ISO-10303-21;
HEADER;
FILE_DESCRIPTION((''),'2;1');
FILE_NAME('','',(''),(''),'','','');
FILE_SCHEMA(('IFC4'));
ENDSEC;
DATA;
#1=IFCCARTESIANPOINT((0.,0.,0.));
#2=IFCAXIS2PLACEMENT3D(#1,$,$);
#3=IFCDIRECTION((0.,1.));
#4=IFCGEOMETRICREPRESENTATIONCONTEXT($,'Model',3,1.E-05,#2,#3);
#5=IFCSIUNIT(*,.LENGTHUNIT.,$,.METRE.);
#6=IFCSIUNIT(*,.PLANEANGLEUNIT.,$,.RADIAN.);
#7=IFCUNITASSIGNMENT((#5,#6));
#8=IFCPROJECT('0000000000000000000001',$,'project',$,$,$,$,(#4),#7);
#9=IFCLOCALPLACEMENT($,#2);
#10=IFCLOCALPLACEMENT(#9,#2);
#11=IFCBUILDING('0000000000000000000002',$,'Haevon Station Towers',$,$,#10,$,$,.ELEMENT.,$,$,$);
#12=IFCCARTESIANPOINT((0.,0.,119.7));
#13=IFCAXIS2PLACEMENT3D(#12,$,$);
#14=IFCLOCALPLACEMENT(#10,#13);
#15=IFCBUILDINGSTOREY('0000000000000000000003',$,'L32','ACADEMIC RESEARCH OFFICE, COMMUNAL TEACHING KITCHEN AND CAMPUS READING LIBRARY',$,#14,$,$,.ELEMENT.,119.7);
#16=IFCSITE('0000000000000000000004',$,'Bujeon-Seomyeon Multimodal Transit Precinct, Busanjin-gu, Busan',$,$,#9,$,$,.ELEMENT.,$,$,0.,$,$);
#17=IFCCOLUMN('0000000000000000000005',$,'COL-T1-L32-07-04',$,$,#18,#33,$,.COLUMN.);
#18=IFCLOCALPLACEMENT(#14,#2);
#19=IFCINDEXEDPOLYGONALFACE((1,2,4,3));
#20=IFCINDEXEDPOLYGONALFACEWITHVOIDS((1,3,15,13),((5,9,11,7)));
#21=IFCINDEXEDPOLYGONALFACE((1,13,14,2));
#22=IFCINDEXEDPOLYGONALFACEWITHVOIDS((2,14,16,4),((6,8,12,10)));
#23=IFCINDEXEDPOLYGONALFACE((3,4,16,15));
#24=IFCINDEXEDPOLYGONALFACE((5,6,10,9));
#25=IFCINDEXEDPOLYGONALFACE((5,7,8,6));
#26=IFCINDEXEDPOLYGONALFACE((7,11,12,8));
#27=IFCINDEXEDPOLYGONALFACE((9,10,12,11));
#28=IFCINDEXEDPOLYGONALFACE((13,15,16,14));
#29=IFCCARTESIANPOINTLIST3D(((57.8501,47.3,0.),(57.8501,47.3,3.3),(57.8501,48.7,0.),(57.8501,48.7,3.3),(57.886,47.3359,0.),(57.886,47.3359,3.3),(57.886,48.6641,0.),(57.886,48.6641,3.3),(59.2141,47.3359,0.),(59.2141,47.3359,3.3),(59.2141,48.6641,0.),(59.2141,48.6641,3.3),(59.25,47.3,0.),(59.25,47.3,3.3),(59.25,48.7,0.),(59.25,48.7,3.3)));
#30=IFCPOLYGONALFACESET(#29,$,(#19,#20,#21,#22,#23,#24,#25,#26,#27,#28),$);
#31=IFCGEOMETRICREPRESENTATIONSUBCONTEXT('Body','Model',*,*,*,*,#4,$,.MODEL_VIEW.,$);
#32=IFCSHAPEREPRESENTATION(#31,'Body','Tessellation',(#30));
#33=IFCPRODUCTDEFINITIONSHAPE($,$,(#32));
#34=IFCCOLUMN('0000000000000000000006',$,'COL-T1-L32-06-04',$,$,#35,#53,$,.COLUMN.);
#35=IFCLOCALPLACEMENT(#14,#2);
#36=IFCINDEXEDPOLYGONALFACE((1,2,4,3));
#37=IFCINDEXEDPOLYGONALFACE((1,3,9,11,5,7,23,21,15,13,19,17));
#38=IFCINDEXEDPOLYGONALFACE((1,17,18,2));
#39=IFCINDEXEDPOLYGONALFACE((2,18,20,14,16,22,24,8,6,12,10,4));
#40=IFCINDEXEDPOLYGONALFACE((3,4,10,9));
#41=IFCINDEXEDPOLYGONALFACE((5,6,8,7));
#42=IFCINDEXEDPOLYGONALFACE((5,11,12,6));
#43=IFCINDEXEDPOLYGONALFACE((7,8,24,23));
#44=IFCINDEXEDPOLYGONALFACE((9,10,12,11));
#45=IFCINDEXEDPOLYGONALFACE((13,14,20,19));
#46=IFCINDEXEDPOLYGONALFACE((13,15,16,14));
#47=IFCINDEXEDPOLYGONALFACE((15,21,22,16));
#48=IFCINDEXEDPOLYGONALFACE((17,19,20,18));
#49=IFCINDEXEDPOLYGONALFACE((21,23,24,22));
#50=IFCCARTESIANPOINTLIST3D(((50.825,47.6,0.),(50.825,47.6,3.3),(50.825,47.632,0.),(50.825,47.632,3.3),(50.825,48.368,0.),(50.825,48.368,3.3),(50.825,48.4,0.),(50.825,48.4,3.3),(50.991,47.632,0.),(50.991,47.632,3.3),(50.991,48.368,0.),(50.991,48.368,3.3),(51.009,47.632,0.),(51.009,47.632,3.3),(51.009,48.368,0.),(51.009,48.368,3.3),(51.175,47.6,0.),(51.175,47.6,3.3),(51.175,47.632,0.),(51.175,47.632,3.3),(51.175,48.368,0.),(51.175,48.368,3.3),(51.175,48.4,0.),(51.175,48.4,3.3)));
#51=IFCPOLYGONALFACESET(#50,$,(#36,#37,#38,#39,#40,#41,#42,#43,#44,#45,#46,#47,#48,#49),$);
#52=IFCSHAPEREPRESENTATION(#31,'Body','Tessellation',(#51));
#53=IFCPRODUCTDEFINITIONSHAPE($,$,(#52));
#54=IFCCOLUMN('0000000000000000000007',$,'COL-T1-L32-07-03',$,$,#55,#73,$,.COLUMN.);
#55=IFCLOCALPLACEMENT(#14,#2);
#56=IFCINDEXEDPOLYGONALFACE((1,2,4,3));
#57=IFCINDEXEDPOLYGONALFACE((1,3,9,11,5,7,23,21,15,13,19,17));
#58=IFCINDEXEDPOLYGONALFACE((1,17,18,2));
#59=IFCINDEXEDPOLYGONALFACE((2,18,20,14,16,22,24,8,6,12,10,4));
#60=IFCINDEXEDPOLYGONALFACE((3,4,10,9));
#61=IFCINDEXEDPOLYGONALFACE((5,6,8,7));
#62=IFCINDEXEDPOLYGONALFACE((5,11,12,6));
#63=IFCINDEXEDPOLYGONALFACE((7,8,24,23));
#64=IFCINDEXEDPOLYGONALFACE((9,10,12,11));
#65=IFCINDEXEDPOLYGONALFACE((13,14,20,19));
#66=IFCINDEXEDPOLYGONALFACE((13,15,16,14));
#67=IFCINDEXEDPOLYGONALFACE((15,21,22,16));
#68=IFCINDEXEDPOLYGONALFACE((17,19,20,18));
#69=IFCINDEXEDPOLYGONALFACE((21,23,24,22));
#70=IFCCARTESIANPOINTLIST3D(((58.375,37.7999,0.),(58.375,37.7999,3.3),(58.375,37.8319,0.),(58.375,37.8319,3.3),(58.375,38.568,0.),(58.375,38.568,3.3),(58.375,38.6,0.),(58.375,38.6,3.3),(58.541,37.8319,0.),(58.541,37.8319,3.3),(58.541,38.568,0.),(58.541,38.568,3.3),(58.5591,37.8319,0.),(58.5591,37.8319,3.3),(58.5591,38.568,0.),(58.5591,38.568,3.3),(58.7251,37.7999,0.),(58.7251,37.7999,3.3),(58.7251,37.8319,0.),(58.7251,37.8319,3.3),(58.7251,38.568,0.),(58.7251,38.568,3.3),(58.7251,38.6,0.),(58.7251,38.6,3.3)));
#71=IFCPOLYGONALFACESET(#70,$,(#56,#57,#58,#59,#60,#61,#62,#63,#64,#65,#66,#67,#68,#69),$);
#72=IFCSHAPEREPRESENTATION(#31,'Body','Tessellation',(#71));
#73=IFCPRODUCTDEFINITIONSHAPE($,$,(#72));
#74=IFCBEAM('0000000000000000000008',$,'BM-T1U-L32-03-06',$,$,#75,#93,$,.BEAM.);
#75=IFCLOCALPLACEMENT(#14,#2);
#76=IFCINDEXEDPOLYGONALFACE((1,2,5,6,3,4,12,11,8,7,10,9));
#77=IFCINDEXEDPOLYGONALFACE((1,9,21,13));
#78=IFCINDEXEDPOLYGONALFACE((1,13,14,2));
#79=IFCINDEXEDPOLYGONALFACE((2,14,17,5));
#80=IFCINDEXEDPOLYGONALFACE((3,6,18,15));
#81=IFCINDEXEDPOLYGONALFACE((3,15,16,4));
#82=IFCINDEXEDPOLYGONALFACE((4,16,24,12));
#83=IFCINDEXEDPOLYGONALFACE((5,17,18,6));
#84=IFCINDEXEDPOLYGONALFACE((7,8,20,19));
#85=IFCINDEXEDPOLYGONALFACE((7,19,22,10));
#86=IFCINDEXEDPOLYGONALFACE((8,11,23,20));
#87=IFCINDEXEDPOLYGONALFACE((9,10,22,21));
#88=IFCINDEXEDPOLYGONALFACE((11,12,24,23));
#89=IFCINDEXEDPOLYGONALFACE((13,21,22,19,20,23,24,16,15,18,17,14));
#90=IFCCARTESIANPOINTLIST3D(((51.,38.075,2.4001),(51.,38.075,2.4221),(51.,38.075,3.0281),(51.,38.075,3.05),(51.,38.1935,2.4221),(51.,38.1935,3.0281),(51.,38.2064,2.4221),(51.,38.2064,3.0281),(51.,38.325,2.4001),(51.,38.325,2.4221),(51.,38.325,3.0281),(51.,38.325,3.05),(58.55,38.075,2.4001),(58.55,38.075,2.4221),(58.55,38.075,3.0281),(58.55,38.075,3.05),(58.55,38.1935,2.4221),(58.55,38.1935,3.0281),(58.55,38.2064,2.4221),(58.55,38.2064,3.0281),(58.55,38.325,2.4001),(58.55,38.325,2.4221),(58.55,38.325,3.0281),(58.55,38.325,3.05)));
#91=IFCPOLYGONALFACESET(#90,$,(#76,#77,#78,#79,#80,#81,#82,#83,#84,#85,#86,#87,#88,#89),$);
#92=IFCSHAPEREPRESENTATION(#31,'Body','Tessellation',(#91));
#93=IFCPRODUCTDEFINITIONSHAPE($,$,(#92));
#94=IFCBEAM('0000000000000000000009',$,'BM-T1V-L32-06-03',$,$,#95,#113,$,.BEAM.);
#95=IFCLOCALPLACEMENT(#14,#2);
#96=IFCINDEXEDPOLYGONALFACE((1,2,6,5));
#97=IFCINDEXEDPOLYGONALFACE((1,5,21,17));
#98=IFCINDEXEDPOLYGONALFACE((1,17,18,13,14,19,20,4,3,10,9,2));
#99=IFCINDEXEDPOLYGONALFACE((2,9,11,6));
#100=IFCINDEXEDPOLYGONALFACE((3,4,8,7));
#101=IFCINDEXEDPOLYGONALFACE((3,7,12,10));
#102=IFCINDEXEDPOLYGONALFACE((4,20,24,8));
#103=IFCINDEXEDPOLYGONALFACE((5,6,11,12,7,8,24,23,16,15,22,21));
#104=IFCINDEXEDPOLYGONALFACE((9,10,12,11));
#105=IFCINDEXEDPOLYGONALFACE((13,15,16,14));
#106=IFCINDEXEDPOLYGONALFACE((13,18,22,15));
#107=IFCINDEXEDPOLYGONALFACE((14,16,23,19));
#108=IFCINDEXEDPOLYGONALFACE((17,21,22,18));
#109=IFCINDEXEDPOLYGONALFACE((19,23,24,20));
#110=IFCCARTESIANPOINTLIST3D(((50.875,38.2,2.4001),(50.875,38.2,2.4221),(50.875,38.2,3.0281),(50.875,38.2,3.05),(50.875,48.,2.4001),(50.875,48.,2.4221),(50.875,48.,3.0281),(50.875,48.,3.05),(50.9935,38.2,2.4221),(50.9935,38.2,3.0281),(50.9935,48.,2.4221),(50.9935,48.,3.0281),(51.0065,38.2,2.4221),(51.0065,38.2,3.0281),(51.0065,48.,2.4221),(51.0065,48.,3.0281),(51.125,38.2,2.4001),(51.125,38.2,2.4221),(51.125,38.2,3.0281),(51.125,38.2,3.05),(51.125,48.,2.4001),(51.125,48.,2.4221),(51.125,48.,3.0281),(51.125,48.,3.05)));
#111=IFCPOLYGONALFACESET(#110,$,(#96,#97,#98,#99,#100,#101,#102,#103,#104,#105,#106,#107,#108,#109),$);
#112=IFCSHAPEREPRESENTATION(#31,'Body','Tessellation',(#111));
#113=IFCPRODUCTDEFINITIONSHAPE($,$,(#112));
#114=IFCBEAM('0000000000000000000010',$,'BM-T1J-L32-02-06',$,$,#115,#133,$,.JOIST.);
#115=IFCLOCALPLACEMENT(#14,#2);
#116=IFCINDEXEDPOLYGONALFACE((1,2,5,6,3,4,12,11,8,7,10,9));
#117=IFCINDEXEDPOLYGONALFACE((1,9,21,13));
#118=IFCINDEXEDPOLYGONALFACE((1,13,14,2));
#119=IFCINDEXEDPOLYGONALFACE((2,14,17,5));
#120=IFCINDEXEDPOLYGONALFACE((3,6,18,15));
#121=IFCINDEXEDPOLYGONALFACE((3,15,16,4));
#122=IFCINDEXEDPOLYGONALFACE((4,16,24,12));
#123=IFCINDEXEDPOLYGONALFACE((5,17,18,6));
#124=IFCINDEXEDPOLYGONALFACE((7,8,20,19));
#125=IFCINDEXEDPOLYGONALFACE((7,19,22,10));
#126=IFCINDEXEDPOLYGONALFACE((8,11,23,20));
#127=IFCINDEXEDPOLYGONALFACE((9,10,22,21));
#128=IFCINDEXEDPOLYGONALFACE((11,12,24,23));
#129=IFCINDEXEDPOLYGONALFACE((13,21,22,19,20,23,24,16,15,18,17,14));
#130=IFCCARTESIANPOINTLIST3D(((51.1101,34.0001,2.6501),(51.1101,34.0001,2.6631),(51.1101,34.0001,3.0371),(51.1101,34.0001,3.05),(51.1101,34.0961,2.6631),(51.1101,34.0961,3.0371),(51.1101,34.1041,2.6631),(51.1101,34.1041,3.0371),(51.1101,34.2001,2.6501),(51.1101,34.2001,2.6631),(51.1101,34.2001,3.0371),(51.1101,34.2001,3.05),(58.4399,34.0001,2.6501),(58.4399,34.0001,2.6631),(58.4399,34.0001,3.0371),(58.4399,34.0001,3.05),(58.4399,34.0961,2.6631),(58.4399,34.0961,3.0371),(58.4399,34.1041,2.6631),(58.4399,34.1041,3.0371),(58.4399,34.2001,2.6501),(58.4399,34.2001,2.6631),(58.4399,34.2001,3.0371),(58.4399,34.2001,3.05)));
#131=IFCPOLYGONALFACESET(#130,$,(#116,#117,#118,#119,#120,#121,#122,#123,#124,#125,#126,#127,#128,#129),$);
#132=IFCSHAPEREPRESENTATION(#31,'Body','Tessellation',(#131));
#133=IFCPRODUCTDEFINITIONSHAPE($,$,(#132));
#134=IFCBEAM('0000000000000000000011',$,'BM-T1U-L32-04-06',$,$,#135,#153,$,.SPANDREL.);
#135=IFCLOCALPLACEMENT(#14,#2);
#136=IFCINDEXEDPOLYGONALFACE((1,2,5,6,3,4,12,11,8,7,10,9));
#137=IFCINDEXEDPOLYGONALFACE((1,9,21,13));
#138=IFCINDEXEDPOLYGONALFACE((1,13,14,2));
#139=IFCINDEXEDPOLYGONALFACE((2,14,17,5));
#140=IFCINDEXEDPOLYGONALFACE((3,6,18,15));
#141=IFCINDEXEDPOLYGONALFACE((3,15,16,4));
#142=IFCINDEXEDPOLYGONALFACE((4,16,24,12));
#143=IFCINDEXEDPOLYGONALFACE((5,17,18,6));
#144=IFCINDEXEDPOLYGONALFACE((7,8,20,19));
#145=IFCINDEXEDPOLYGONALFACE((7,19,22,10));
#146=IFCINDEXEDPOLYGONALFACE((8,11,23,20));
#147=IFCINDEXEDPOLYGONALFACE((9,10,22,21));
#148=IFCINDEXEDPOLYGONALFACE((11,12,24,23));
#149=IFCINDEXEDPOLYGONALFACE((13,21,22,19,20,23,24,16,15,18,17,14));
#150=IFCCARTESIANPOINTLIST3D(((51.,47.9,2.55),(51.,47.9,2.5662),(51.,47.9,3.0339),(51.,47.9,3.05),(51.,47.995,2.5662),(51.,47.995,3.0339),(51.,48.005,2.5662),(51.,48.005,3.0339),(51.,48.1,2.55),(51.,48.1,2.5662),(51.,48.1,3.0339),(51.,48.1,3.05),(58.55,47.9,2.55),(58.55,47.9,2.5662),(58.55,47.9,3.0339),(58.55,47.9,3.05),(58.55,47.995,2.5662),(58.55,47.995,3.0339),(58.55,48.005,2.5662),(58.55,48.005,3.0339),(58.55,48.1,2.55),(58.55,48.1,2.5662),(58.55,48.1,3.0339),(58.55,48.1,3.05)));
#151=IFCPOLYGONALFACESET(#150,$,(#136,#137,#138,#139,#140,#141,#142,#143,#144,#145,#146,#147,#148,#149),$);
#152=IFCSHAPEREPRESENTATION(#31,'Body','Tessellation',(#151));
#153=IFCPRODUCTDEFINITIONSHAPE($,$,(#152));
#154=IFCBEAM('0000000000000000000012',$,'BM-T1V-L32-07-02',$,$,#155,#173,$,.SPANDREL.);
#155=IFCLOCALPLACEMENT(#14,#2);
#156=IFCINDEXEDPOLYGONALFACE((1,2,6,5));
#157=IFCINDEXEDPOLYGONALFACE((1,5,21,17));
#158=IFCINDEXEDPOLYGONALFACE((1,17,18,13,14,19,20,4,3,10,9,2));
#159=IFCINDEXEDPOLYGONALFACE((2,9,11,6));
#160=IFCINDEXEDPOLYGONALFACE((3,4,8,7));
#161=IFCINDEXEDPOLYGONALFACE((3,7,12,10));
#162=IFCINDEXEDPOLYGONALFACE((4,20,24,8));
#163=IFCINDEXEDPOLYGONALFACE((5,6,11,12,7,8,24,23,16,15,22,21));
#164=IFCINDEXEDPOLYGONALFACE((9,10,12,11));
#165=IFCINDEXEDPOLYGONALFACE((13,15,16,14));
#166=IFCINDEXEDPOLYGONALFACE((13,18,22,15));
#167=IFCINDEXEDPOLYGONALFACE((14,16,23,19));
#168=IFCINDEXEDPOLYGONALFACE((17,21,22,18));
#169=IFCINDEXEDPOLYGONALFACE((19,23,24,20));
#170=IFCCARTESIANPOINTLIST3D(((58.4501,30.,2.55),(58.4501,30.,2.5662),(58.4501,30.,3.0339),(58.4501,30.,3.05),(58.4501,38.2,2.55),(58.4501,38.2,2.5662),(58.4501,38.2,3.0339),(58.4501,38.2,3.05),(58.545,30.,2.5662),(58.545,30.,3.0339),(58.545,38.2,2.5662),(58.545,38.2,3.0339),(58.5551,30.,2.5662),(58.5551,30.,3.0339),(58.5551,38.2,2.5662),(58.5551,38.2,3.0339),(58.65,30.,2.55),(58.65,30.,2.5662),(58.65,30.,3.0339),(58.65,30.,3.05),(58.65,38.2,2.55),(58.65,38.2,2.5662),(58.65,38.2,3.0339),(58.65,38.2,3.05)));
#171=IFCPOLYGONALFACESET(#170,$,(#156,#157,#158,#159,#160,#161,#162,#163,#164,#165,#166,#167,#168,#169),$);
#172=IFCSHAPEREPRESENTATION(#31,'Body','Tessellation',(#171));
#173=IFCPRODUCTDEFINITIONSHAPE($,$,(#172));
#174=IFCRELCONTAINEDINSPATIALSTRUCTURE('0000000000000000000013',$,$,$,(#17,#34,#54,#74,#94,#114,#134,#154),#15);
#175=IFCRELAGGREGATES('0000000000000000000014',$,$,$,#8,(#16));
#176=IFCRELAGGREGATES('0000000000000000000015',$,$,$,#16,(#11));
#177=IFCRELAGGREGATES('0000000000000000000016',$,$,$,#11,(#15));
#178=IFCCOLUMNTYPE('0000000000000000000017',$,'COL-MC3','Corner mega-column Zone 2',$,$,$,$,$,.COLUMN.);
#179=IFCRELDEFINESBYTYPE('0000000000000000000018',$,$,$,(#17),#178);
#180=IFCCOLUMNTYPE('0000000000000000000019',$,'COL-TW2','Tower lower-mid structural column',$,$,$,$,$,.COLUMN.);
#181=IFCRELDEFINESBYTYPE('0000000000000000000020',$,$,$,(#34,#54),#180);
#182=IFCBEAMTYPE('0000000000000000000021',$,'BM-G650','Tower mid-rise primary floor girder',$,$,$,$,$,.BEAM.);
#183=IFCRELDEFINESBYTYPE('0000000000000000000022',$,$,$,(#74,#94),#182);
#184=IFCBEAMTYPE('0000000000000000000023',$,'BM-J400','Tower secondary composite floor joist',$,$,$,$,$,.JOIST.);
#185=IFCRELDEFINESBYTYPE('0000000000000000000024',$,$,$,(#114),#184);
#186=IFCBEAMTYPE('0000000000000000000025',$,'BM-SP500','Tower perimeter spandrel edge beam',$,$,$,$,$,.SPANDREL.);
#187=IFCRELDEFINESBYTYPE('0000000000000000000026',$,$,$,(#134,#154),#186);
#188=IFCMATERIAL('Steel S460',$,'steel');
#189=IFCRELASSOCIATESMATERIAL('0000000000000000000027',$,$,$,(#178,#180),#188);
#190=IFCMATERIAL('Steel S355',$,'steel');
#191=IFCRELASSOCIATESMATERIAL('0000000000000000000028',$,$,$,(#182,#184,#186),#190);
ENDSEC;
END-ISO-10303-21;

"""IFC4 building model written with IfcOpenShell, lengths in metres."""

from ifc_helpers import new_model, si_unit, direction, frame, origin, origin_2d, place, context, subcontext, project, spatial, hollow_rectangle, i_section, extrude, material, material_profile, profile_set, type_object, element, save


model = new_model("IFC4")

# Units and contexts
model_context = context("Model", 3, precision=1e-05, world=origin(), true_north=direction((0.0, 1.0)))
body_context = subcontext(model_context, "Body", "Model", "MODEL_VIEW")
ifc_project = project(units=[si_unit("LENGTHUNIT", "METRE"), si_unit("PLANEANGLEUNIT", "RADIAN")], contexts=[model_context])

# Site, building, storey
site_placement = place(None, origin())
site = spatial("IfcSite", under=ifc_project, at=site_placement, Name="Bujeon-Seomyeon Multimodal Transit Precinct, Busanjin-gu, Busan", CompositionType="ELEMENT", RefElevation=0.0)
building_placement = place(site_placement, origin())
building = spatial("IfcBuilding", under=site, at=building_placement, Name="Haevon Station Towers", CompositionType="ELEMENT")
storey_placement = place(building_placement, frame((0.0, 0.0, 119.7)))
storey = spatial("IfcBuildingStorey", under=building, at=storey_placement, Name="L32", Description="ACADEMIC RESEARCH OFFICE, COMMUNAL TEACHING KITCHEN AND CAMPUS READING LIBRARY", CompositionType="ELEMENT", Elevation=119.7)

# Columns
ifc_material_1 = material(Name="Steel S460", Category="steel")
ifc_material_profile_1 = material_profile(ifc_material_1, hollow_rectangle(XDim=1.3999, YDim=1.3999, WallThickness=0.0359, at=origin_2d()), Name="BOX-1400x1400x36")
ifc_profile_set_1 = profile_set([ifc_material_profile_1], Name="Steel S460")
column_type_1 = type_object("IfcColumnType", Name="COL-MC3", Description="Corner mega-column Zone 2", PredefinedType="COLUMN", material=ifc_profile_set_1)
column_placement = place(storey_placement, frame((58.55, 48.0, 0.0), z_axis=(0.0, 0.0, 1.0), x_axis=(1.0, 0.0, 0.0)))
element("IfcColumn", 1, at=column_placement, inside=storey, type_object=column_type_1, Name="COL-T1-L32-07-04", PredefinedType="COLUMN", context=body_context, shape_type="SweptSolid", body=[
    extrude(hollow_rectangle(XDim=1.3999, YDim=1.3999, WallThickness=0.0359, at=origin_2d()), origin(), (0.0, 0.0, 1.0), 3.3),
])
ifc_material_profile_2 = material_profile(ifc_material_1, i_section(OverallWidth=0.3501, OverallDepth=0.8, WebThickness=0.0181, FlangeThickness=0.032, at=origin_2d()), Name="H-800x350x18x32")
ifc_profile_set_2 = profile_set([ifc_material_profile_2], Name="Steel S460")
column_type_2 = type_object("IfcColumnType", Name="COL-TW2", Description="Tower lower-mid structural column", PredefinedType="COLUMN", material=ifc_profile_set_2)
for number, where, z_axis, x_axis, name in (
    (2, (51.0, 48.0, 0.0), (0.0, 0.0, 1.0), (1.0, 0.0, 0.0), "COL-T1-L32-06-04"),
    (3, (58.55, 38.2, 0.0), (0.0, 0.0, 1.0), (1.0, 0.0, 0.0), "COL-T1-L32-07-03"),
):
    element("IfcColumn", number, at=place(storey_placement, frame(where, z_axis=z_axis, x_axis=x_axis)), inside=storey, type_object=column_type_2, Name=name, PredefinedType="COLUMN", context=body_context, shape_type="SweptSolid", body=[
        extrude(i_section(OverallWidth=0.3501, OverallDepth=0.8, WebThickness=0.0181, FlangeThickness=0.032, at=origin_2d()), origin(), (0.0, 0.0, 1.0), 3.3),
    ])

# Beams
ifc_material_2 = material(Name="Steel S355", Category="steel")
ifc_material_profile_3 = material_profile(ifc_material_2, i_section(OverallWidth=0.25, OverallDepth=0.6499, WebThickness=0.0129, FlangeThickness=0.022, at=origin_2d()), Name="H-650x250x13x22")
ifc_profile_set_3 = profile_set([ifc_material_profile_3], Name="Steel S355")
beam_type_1 = type_object("IfcBeamType", Name="BM-G650", Description="Tower mid-rise primary floor girder", PredefinedType="BEAM", material=ifc_profile_set_3)
beam_1_placement = place(storey_placement, frame((51.0, 38.2, 2.7251), z_axis=(1.0, 0.0, 0.0), x_axis=(0.0, 1.0, 0.0)))
element("IfcBeam", 4, at=beam_1_placement, inside=storey, type_object=beam_type_1, Name="BM-T1U-L32-03-06", PredefinedType="BEAM", context=body_context, shape_type="SweptSolid", body=[
    extrude(i_section(OverallWidth=0.25, OverallDepth=0.6499, WebThickness=0.0129, FlangeThickness=0.022, at=origin_2d()), origin(), (0.0, 0.0, 1.0), 7.55),
])
beam_2_placement = place(storey_placement, frame((51.0, 38.2, 2.7251), z_axis=(0.0, 1.0, 0.0), x_axis=(-1.0, 0.0, 0.0)))
element("IfcBeam", 5, at=beam_2_placement, inside=storey, type_object=beam_type_1, Name="BM-T1V-L32-06-03", PredefinedType="BEAM", context=body_context, shape_type="SweptSolid", body=[
    extrude(i_section(OverallWidth=0.25, OverallDepth=0.6499, WebThickness=0.0129, FlangeThickness=0.022, at=origin_2d()), origin(), (0.0, 0.0, 1.0), 9.8),
])
ifc_material_profile_4 = material_profile(ifc_material_2, i_section(OverallWidth=0.2, OverallDepth=0.3999, WebThickness=0.0081, FlangeThickness=0.0129, at=origin_2d()), Name="H-400x200x8x13")
ifc_profile_set_4 = profile_set([ifc_material_profile_4], Name="Steel S355")
beam_type_2 = type_object("IfcBeamType", Name="BM-J400", Description="Tower secondary composite floor joist", PredefinedType="JOIST", material=ifc_profile_set_4)
beam_3_placement = place(storey_placement, frame((51.1101, 34.1001, 2.8501), z_axis=(1.0, 0.0, 0.0), x_axis=(0.0, 1.0, 0.0)))
element("IfcBeam", 6, at=beam_3_placement, inside=storey, type_object=beam_type_2, Name="BM-T1J-L32-02-06", PredefinedType="JOIST", context=body_context, shape_type="SweptSolid", body=[
    extrude(i_section(OverallWidth=0.2, OverallDepth=0.3999, WebThickness=0.0081, FlangeThickness=0.0129, at=origin_2d()), origin(), (0.0, 0.0, 1.0), 7.3298),
])
ifc_material_profile_5 = material_profile(ifc_material_2, i_section(OverallWidth=0.2, OverallDepth=0.5, WebThickness=0.01, FlangeThickness=0.0161, at=origin_2d()), Name="H-500x200x10x16")
ifc_profile_set_5 = profile_set([ifc_material_profile_5], Name="Steel S355")
beam_type_3 = type_object("IfcBeamType", Name="BM-SP500", Description="Tower perimeter spandrel edge beam", PredefinedType="SPANDREL", material=ifc_profile_set_5)
beam_4_placement = place(storey_placement, frame((51.0, 48.0, 2.8), z_axis=(1.0, 0.0, 0.0), x_axis=(0.0, 1.0, 0.0)))
element("IfcBeam", 7, at=beam_4_placement, inside=storey, type_object=beam_type_3, Name="BM-T1U-L32-04-06", PredefinedType="SPANDREL", context=body_context, shape_type="SweptSolid", body=[
    extrude(i_section(OverallWidth=0.2, OverallDepth=0.5, WebThickness=0.01, FlangeThickness=0.0161, at=origin_2d()), origin(), (0.0, 0.0, 1.0), 7.55),
])
beam_5_placement = place(storey_placement, frame((58.55, 30.0, 2.8), z_axis=(0.0, 1.0, 0.0), x_axis=(-1.0, 0.0, 0.0)))
element("IfcBeam", 8, at=beam_5_placement, inside=storey, type_object=beam_type_3, Name="BM-T1V-L32-07-02", PredefinedType="SPANDREL", context=body_context, shape_type="SweptSolid", body=[
    extrude(i_section(OverallWidth=0.2, OverallDepth=0.5, WebThickness=0.01, FlangeThickness=0.0161, at=origin_2d()), origin(), (0.0, 0.0, 1.0), 8.2),
])

save(model, "model.ifc")
